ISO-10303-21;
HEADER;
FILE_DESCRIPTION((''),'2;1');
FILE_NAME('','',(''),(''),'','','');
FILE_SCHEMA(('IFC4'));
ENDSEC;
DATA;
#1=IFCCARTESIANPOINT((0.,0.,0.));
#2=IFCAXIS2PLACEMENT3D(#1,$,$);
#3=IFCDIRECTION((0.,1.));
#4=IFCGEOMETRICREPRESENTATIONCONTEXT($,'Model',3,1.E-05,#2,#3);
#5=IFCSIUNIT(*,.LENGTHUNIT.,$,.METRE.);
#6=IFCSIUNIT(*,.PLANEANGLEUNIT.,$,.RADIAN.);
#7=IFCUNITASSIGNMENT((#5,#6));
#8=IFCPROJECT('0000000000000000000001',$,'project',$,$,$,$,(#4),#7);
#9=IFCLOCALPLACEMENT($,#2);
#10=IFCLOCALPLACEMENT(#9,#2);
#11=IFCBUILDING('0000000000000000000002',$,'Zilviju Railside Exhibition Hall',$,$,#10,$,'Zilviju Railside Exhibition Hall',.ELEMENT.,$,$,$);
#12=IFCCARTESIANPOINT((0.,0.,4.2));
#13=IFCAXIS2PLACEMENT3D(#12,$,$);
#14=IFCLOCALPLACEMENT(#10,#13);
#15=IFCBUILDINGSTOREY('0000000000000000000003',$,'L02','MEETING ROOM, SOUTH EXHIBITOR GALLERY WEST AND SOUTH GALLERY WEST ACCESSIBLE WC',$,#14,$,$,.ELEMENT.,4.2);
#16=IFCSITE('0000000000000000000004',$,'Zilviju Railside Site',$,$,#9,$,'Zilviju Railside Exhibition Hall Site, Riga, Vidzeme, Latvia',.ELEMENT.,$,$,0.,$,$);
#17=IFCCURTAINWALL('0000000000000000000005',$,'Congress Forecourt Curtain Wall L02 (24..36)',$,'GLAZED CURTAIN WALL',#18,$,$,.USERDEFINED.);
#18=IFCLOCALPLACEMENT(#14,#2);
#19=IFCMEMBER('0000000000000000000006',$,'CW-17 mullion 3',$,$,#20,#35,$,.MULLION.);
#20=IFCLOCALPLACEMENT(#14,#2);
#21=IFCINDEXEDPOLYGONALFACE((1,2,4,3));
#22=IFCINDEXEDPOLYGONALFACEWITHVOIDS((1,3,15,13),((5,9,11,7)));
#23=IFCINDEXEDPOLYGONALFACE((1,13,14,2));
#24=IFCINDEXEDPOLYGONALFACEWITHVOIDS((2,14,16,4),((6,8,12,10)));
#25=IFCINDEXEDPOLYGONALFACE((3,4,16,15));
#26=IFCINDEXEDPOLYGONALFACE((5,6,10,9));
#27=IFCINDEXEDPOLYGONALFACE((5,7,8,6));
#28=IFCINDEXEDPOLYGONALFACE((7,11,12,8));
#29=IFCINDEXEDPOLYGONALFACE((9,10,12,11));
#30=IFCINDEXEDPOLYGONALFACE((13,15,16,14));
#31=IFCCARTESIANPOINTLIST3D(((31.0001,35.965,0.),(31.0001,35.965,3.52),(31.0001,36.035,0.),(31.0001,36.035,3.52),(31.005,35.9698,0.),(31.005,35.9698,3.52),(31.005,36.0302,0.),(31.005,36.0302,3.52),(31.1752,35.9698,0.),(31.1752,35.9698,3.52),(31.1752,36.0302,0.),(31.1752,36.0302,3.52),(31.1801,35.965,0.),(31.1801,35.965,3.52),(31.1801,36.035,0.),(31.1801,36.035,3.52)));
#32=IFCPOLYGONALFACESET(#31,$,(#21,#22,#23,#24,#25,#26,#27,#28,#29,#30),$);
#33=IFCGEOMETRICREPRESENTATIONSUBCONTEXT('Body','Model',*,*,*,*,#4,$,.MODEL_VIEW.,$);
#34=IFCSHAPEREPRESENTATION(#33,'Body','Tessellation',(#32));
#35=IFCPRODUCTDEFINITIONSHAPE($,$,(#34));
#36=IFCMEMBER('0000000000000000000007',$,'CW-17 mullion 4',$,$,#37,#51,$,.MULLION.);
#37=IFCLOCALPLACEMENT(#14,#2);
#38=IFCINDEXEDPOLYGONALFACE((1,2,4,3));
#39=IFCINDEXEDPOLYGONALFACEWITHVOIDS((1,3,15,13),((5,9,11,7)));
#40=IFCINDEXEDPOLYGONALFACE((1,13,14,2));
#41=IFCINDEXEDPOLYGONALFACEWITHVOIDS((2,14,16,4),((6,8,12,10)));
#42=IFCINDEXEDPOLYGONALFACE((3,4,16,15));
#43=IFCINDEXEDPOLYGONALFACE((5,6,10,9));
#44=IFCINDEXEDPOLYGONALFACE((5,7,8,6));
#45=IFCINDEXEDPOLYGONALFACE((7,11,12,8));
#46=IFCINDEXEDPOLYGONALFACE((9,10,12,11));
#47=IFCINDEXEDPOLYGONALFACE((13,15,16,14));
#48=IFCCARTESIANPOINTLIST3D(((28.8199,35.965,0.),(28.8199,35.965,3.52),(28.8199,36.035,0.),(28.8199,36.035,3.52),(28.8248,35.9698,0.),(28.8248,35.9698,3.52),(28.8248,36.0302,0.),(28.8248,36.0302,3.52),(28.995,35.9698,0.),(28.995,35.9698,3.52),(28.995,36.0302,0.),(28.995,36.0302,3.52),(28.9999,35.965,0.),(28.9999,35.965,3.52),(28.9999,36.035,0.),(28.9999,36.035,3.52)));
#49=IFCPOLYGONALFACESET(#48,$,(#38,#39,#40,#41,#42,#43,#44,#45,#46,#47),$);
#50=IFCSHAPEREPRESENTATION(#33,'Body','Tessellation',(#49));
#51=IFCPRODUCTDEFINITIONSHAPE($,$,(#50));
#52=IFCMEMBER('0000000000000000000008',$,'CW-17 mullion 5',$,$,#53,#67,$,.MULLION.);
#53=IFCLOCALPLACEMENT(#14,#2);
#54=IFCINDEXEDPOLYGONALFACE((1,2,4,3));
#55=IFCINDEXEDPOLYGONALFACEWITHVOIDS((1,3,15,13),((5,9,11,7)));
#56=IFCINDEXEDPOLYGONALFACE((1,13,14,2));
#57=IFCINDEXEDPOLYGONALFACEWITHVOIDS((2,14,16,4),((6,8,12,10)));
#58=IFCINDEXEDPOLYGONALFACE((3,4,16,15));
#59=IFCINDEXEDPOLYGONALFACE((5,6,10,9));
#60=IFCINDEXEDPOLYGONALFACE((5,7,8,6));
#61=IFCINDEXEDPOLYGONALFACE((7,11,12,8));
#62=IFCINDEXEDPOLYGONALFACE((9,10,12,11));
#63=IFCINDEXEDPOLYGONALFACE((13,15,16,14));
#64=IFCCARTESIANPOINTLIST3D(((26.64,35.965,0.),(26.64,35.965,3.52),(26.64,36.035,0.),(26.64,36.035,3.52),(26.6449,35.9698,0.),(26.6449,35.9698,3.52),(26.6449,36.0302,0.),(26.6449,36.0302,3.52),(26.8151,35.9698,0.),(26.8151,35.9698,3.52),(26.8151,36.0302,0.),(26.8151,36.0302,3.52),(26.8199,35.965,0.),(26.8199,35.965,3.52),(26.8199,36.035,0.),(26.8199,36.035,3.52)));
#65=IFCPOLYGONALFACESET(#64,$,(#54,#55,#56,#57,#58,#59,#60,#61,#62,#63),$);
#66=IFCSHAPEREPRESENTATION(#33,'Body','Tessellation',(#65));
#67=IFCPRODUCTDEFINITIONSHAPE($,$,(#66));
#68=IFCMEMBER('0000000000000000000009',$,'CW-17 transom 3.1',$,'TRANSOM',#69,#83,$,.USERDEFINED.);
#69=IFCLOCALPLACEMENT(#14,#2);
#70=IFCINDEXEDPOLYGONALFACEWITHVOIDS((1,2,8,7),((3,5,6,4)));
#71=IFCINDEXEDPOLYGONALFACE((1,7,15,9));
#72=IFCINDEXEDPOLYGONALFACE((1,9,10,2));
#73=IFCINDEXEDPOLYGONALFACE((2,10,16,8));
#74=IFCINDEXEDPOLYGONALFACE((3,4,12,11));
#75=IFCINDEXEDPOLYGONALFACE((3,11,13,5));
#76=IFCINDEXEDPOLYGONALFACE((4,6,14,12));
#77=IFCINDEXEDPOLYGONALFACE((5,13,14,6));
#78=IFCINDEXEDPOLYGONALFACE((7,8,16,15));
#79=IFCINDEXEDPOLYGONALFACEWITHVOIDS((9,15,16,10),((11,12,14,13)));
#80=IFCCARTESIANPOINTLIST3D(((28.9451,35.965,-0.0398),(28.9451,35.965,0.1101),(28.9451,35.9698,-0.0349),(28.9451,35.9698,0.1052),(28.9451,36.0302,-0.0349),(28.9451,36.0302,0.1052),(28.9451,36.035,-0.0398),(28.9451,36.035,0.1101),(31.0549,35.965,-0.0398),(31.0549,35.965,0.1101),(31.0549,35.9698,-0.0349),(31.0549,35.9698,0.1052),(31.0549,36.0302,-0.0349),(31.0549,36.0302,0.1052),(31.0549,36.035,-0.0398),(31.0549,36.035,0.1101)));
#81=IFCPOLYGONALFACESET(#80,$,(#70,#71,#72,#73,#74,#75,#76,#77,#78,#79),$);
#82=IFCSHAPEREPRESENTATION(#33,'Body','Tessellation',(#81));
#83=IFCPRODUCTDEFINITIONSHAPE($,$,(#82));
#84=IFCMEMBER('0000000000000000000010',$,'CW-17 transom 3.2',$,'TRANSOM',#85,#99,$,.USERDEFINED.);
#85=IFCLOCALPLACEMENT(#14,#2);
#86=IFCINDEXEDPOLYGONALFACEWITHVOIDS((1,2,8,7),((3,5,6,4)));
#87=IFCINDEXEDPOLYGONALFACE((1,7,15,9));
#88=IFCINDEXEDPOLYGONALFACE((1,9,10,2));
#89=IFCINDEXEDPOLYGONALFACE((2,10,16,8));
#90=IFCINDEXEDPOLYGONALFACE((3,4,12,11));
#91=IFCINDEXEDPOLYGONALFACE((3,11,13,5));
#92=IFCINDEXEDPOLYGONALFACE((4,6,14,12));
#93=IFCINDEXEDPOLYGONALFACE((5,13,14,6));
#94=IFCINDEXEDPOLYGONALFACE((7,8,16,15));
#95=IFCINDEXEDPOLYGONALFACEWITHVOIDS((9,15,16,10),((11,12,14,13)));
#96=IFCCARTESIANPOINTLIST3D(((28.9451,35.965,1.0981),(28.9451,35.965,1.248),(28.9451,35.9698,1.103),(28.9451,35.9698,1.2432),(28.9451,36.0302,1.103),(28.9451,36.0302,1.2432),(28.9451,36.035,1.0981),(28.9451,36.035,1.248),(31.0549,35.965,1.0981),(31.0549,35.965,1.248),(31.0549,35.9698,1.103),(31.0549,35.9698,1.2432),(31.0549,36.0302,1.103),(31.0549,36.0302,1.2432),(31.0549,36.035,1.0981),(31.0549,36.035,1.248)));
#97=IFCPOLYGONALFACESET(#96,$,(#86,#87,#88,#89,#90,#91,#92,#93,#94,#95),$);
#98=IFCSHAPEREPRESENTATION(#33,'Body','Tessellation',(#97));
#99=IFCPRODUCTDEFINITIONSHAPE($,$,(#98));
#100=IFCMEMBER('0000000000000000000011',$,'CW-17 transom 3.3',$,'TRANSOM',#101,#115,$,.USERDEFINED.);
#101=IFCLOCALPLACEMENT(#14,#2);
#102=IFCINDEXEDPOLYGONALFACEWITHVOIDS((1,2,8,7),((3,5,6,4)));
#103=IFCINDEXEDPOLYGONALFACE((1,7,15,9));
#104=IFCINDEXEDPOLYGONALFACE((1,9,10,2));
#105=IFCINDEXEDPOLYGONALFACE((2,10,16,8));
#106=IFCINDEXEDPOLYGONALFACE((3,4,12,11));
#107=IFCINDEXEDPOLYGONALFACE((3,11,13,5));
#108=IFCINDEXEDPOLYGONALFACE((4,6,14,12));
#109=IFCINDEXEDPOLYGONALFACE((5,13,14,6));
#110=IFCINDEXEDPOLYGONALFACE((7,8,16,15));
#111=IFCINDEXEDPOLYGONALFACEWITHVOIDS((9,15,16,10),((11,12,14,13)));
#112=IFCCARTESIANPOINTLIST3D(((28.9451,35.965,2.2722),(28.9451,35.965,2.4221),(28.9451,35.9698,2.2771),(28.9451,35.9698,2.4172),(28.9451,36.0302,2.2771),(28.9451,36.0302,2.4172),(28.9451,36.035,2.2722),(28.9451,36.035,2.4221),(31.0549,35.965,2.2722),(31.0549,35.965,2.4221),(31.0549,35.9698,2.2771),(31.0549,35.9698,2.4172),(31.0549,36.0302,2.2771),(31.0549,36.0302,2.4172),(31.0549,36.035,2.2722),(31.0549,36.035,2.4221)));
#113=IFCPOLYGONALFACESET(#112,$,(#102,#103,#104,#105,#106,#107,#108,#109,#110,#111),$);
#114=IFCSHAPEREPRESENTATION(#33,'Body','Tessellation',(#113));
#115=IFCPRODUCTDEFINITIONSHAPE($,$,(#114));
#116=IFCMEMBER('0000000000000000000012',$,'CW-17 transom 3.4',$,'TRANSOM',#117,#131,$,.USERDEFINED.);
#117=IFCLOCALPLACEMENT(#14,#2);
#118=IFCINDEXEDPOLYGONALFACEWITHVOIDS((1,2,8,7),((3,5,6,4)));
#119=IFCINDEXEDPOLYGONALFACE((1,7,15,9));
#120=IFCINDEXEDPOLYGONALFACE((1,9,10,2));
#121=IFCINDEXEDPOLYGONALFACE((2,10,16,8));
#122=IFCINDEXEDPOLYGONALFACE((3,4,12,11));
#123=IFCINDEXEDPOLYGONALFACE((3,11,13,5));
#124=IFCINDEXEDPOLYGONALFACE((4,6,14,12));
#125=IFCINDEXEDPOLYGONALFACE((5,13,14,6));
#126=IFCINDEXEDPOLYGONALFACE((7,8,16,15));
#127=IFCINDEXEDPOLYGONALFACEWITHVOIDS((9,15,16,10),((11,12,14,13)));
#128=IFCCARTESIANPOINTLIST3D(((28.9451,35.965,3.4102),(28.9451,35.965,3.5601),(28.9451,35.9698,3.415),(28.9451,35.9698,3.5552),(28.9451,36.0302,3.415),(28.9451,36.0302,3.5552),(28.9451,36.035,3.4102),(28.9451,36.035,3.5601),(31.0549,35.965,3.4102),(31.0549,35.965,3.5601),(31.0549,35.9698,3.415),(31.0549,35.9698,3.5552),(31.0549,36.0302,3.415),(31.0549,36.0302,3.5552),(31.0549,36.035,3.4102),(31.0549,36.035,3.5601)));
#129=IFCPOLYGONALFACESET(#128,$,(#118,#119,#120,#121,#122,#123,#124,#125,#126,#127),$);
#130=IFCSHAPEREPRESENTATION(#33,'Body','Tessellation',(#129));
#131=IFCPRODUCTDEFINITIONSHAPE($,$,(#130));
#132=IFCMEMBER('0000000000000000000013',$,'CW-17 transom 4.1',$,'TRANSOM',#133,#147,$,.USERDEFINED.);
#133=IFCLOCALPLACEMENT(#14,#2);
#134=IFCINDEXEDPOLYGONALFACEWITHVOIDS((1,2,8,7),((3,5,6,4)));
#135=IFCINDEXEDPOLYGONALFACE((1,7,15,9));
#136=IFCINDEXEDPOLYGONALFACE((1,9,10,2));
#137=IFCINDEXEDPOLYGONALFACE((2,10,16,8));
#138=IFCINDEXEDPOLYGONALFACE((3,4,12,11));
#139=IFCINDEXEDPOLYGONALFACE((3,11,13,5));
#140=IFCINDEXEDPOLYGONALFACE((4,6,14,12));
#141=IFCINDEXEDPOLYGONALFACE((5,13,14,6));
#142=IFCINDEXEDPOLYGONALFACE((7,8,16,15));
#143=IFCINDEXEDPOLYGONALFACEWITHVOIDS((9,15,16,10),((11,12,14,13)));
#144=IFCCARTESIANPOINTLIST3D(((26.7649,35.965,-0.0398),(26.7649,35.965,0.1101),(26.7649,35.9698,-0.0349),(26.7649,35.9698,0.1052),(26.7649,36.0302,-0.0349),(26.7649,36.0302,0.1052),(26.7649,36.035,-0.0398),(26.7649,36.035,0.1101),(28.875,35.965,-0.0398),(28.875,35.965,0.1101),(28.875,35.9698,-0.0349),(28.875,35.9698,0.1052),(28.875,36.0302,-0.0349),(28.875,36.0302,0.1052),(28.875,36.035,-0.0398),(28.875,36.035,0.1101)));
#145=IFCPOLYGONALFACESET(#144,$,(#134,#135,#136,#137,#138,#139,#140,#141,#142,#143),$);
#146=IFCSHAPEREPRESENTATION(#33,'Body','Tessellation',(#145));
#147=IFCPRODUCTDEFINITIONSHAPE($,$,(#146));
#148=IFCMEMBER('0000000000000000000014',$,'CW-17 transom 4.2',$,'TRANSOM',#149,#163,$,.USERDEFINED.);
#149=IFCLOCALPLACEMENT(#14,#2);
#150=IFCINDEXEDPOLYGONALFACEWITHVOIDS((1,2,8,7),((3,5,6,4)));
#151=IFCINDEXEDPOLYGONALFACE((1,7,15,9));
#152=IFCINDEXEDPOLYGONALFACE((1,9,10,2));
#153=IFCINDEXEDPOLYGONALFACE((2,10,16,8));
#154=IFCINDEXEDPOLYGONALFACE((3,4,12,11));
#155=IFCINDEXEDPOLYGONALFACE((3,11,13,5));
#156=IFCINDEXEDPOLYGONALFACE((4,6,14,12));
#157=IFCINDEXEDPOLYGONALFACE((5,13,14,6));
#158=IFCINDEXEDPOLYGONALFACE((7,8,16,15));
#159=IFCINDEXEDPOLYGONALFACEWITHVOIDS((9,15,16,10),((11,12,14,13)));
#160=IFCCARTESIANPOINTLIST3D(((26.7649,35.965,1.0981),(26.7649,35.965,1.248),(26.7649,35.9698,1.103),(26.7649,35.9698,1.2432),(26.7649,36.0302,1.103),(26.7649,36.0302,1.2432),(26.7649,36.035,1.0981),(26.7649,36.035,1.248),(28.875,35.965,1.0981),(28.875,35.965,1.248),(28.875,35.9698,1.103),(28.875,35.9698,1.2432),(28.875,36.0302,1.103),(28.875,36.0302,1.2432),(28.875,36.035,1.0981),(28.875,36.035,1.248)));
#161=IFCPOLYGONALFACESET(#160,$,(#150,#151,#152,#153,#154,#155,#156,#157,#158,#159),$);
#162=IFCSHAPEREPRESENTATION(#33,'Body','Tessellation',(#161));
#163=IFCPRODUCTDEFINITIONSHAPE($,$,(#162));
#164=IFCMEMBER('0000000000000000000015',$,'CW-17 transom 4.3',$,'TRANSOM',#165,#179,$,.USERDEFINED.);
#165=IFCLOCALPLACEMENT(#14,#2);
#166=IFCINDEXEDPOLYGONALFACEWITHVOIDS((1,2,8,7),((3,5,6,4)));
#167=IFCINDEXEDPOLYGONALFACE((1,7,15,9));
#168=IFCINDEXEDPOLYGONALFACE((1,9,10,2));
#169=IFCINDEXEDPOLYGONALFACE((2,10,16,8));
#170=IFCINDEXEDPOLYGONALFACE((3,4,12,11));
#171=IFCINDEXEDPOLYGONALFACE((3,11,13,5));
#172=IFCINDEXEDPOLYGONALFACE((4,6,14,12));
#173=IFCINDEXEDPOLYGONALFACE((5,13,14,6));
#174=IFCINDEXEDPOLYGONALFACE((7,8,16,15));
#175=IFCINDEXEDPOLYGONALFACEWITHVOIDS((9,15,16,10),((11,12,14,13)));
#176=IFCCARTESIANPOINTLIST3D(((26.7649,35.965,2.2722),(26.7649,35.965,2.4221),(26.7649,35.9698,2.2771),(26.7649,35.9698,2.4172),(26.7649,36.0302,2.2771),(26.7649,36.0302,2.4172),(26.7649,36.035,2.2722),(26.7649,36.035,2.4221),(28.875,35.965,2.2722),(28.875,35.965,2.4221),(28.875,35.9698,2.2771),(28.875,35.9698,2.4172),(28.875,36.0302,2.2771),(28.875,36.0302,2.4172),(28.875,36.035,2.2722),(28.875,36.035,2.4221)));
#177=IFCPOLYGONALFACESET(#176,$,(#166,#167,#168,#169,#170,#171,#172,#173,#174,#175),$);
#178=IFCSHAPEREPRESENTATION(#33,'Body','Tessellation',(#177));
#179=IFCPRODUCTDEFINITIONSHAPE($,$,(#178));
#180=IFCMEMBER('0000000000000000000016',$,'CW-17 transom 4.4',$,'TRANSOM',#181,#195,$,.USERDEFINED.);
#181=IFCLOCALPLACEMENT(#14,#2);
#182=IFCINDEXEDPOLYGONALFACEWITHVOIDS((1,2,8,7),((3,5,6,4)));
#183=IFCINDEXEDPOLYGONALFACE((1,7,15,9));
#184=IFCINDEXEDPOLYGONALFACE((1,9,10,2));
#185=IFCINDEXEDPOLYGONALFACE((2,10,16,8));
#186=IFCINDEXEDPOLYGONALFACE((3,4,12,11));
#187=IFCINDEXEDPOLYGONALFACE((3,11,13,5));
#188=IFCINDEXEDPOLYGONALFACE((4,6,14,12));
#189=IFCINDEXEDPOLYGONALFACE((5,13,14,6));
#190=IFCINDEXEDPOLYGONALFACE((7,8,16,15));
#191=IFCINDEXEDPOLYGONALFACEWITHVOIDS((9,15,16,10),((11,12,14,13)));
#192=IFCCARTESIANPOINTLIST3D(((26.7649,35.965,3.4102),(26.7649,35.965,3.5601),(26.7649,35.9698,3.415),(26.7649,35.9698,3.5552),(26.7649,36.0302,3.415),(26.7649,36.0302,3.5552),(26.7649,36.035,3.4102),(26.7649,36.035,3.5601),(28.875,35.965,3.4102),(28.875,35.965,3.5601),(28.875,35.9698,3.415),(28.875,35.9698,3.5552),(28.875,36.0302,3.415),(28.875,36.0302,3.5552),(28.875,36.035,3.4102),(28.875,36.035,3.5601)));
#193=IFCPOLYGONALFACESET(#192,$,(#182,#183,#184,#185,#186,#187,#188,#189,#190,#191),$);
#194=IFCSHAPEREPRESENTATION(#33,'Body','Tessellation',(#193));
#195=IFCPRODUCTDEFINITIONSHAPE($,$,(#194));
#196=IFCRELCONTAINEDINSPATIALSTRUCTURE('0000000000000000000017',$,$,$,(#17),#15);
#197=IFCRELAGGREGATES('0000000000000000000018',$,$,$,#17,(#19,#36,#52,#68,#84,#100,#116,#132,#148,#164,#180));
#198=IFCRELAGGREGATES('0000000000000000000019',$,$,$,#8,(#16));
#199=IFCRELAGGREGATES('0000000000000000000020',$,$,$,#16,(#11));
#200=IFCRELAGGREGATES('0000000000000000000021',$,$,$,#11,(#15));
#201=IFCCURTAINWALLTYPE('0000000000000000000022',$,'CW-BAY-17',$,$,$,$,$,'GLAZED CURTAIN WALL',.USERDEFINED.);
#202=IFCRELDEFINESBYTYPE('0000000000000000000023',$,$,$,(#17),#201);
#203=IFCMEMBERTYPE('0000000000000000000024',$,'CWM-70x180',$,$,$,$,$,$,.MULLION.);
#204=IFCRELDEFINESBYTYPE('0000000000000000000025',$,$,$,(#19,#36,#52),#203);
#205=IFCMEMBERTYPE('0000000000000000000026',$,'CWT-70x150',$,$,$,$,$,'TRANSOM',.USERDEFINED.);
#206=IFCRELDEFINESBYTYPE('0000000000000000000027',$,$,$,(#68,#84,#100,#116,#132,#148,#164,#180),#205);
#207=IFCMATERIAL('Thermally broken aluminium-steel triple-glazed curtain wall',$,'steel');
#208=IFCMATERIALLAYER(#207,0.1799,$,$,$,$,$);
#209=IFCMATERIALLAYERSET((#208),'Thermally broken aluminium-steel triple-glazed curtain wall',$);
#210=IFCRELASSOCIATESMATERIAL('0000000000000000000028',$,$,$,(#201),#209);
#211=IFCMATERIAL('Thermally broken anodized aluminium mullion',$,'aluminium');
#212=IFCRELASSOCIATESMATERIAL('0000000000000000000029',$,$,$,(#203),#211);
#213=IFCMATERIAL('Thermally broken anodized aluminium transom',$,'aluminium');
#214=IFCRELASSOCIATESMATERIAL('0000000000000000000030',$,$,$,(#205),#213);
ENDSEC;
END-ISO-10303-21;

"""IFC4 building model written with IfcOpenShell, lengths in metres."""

from ifc_helpers import new_model, si_unit, direction, frame, origin, origin_2d, place, context, subcontext, project, spatial, hollow_rectangle, extrude, material, layer, layer_set, material_profile, profile_set, type_object, element, aggregate, save


model = new_model("IFC4")

# Units and contexts
model_context = context("Model", 3, precision=1e-05, world=origin(), true_north=direction((0.0, 1.0)))
body_context = subcontext(model_context, "Body", "Model", "MODEL_VIEW")
ifc_project = project(units=[si_unit("LENGTHUNIT", "METRE"), si_unit("PLANEANGLEUNIT", "RADIAN")], contexts=[model_context])

# Site, building, storey
site_placement = place(None, origin())
site = spatial("IfcSite", under=ifc_project, at=site_placement, Name="Zilviju Railside Site", LongName="Zilviju Railside Exhibition Hall Site, Riga, Vidzeme, Latvia", CompositionType="ELEMENT", RefElevation=0.0)
building_placement = place(site_placement, origin())
building = spatial("IfcBuilding", under=site, at=building_placement, Name="Zilviju Railside Exhibition Hall", LongName="Zilviju Railside Exhibition Hall", CompositionType="ELEMENT")
storey_placement = place(building_placement, frame((0.0, 0.0, 4.2)))
storey = spatial("IfcBuildingStorey", under=building, at=storey_placement, Name="L02", Description="MEETING ROOM, SOUTH EXHIBITOR GALLERY WEST AND SOUTH GALLERY WEST ACCESSIBLE WC", CompositionType="ELEMENT", Elevation=4.2)

# Curtain wall, members
ifc_material_1 = material(Name="Thermally broken aluminium-steel triple-glazed curtain wall", Category="steel")
ifc_layer_1 = layer(ifc_material_1, 0.1799)
ifc_layer_set_1 = layer_set([ifc_layer_1], Name="Thermally broken aluminium-steel triple-glazed curtain wall")
curtain_wall_type = type_object("IfcCurtainWallType", Name="CW-BAY-17", ElementType="GLAZED CURTAIN WALL", PredefinedType="USERDEFINED", material=ifc_layer_set_1)
curtain_wall_placement = place(storey_placement, origin())
curtain_wall = element("IfcCurtainWall", 1, at=curtain_wall_placement, inside=storey, type_object=curtain_wall_type, Name="Congress Forecourt Curtain Wall L02 (24..36)", ObjectType="GLAZED CURTAIN WALL", PredefinedType="USERDEFINED")
ifc_material_2 = material(Name="Thermally broken anodized aluminium mullion", Category="aluminium")
ifc_material_profile_1 = material_profile(ifc_material_2, hollow_rectangle(XDim=0.0701, YDim=0.1799, WallThickness=0.0049, at=origin_2d()), Name="MULLION 180x70x5")
ifc_profile_set_1 = profile_set([ifc_material_profile_1], Name="Thermally broken anodized aluminium mullion")
member_type_1 = type_object("IfcMemberType", Name="CWM-70x180", PredefinedType="MULLION", material=ifc_profile_set_1)
member_1_placement = place(storey_placement, frame((31.0901, 36.0, 0.0), z_axis=(0.0, 0.0, 1.0), x_axis=(0.0, -1.0, 0.0)))
member_1 = element("IfcMember", 2, at=member_1_placement, type_object=member_type_1, Name="CW-17 mullion 3", PredefinedType="MULLION", context=body_context, shape_type="SweptSolid", body=[
    extrude(hollow_rectangle(XDim=0.0701, YDim=0.1799, WallThickness=0.0049, at=origin_2d()), origin(), (0.0, 0.0, 1.0), 3.52),
])
member_2_placement = place(storey_placement, frame((28.9099, 36.0, 0.0), z_axis=(0.0, 0.0, 1.0), x_axis=(0.0, -1.0, 0.0)))
member_2 = element("IfcMember", 3, at=member_2_placement, type_object=member_type_1, Name="CW-17 mullion 4", PredefinedType="MULLION", context=body_context, shape_type="SweptSolid", body=[
    extrude(hollow_rectangle(XDim=0.0701, YDim=0.1799, WallThickness=0.0049, at=origin_2d()), origin(), (0.0, 0.0, 1.0), 3.52),
])
member_3_placement = place(storey_placement, frame((26.73, 36.0, 0.0), z_axis=(0.0, 0.0, 1.0), x_axis=(0.0, -1.0, 0.0)))
member_3 = element("IfcMember", 4, at=member_3_placement, type_object=member_type_1, Name="CW-17 mullion 5", PredefinedType="MULLION", context=body_context, shape_type="SweptSolid", body=[
    extrude(hollow_rectangle(XDim=0.0701, YDim=0.1799, WallThickness=0.0049, at=origin_2d()), origin(), (0.0, 0.0, 1.0), 3.52),
])
ifc_material_3 = material(Name="Thermally broken anodized aluminium transom", Category="aluminium")
ifc_material_profile_2 = material_profile(ifc_material_3, hollow_rectangle(XDim=0.0701, YDim=0.1499, WallThickness=0.0049, at=origin_2d()), Name="TRANSOM 150x70x5")
ifc_profile_set_2 = profile_set([ifc_material_profile_2], Name="Thermally broken anodized aluminium transom")
member_type_2 = type_object("IfcMemberType", Name="CWT-70x150", ElementType="TRANSOM", PredefinedType="USERDEFINED", material=ifc_profile_set_2)
member_4_placement = place(storey_placement, frame((31.0549, 36.0, 0.0352), z_axis=(-1.0, 0.0, 0.0), x_axis=(0.0, -1.0, 0.0)))
member_4 = element("IfcMember", 5, at=member_4_placement, type_object=member_type_2, Name="CW-17 transom 3.1", ObjectType="TRANSOM", PredefinedType="USERDEFINED", context=body_context, shape_type="SweptSolid", body=[
    extrude(hollow_rectangle(XDim=0.0701, YDim=0.1499, WallThickness=0.0049, at=origin_2d()), origin(), (0.0, 0.0, 1.0), 2.1099),
])
member_5_placement = place(storey_placement, frame((31.0549, 36.0, 1.1731), z_axis=(-1.0, 0.0, 0.0), x_axis=(0.0, -1.0, 0.0)))
member_5 = element("IfcMember", 6, at=member_5_placement, type_object=member_type_2, Name="CW-17 transom 3.2", ObjectType="TRANSOM", PredefinedType="USERDEFINED", context=body_context, shape_type="SweptSolid", body=[
    extrude(hollow_rectangle(XDim=0.0701, YDim=0.1499, WallThickness=0.0049, at=origin_2d()), origin(), (0.0, 0.0, 1.0), 2.1099),
])
member_6_placement = place(storey_placement, frame((31.0549, 36.0, 2.3472), z_axis=(-1.0, 0.0, 0.0), x_axis=(0.0, -1.0, 0.0)))
member_6 = element("IfcMember", 7, at=member_6_placement, type_object=member_type_2, Name="CW-17 transom 3.3", ObjectType="TRANSOM", PredefinedType="USERDEFINED", context=body_context, shape_type="SweptSolid", body=[
    extrude(hollow_rectangle(XDim=0.0701, YDim=0.1499, WallThickness=0.0049, at=origin_2d()), origin(), (0.0, 0.0, 1.0), 2.1099),
])
member_7_placement = place(storey_placement, frame((31.0549, 36.0, 3.4851), z_axis=(-1.0, 0.0, 0.0), x_axis=(0.0, -1.0, 0.0)))
member_7 = element("IfcMember", 8, at=member_7_placement, type_object=member_type_2, Name="CW-17 transom 3.4", ObjectType="TRANSOM", PredefinedType="USERDEFINED", context=body_context, shape_type="SweptSolid", body=[
    extrude(hollow_rectangle(XDim=0.0701, YDim=0.1499, WallThickness=0.0049, at=origin_2d()), origin(), (0.0, 0.0, 1.0), 2.1099),
])
member_8_placement = place(storey_placement, frame((28.875, 36.0, 0.0352), z_axis=(-1.0, 0.0, 0.0), x_axis=(0.0, -1.0, 0.0)))
member_8 = element("IfcMember", 9, at=member_8_placement, type_object=member_type_2, Name="CW-17 transom 4.1", ObjectType="TRANSOM", PredefinedType="USERDEFINED", context=body_context, shape_type="SweptSolid", body=[
    extrude(hollow_rectangle(XDim=0.0701, YDim=0.1499, WallThickness=0.0049, at=origin_2d()), origin(), (0.0, 0.0, 1.0), 2.1101),
])
member_9_placement = place(storey_placement, frame((28.875, 36.0, 1.1731), z_axis=(-1.0, 0.0, 0.0), x_axis=(0.0, -1.0, 0.0)))
member_9 = element("IfcMember", 10, at=member_9_placement, type_object=member_type_2, Name="CW-17 transom 4.2", ObjectType="TRANSOM", PredefinedType="USERDEFINED", context=body_context, shape_type="SweptSolid", body=[
    extrude(hollow_rectangle(XDim=0.0701, YDim=0.1499, WallThickness=0.0049, at=origin_2d()), origin(), (0.0, 0.0, 1.0), 2.1101),
])
member_10_placement = place(storey_placement, frame((28.875, 36.0, 2.3472), z_axis=(-1.0, 0.0, 0.0), x_axis=(0.0, -1.0, 0.0)))
member_10 = element("IfcMember", 11, at=member_10_placement, type_object=member_type_2, Name="CW-17 transom 4.3", ObjectType="TRANSOM", PredefinedType="USERDEFINED", context=body_context, shape_type="SweptSolid", body=[
    extrude(hollow_rectangle(XDim=0.0701, YDim=0.1499, WallThickness=0.0049, at=origin_2d()), origin(), (0.0, 0.0, 1.0), 2.1101),
])
member_11_placement = place(storey_placement, frame((28.875, 36.0, 3.4851), z_axis=(-1.0, 0.0, 0.0), x_axis=(0.0, -1.0, 0.0)))
member_11 = element("IfcMember", 12, at=member_11_placement, type_object=member_type_2, Name="CW-17 transom 4.4", ObjectType="TRANSOM", PredefinedType="USERDEFINED", context=body_context, shape_type="SweptSolid", body=[
    extrude(hollow_rectangle(XDim=0.0701, YDim=0.1499, WallThickness=0.0049, at=origin_2d()), origin(), (0.0, 0.0, 1.0), 2.1101),
])
aggregate(curtain_wall, [member_1, member_2, member_3, member_4, member_5, member_6, member_7, member_8, member_9, member_10, member_11])

save(model, "model.ifc")
